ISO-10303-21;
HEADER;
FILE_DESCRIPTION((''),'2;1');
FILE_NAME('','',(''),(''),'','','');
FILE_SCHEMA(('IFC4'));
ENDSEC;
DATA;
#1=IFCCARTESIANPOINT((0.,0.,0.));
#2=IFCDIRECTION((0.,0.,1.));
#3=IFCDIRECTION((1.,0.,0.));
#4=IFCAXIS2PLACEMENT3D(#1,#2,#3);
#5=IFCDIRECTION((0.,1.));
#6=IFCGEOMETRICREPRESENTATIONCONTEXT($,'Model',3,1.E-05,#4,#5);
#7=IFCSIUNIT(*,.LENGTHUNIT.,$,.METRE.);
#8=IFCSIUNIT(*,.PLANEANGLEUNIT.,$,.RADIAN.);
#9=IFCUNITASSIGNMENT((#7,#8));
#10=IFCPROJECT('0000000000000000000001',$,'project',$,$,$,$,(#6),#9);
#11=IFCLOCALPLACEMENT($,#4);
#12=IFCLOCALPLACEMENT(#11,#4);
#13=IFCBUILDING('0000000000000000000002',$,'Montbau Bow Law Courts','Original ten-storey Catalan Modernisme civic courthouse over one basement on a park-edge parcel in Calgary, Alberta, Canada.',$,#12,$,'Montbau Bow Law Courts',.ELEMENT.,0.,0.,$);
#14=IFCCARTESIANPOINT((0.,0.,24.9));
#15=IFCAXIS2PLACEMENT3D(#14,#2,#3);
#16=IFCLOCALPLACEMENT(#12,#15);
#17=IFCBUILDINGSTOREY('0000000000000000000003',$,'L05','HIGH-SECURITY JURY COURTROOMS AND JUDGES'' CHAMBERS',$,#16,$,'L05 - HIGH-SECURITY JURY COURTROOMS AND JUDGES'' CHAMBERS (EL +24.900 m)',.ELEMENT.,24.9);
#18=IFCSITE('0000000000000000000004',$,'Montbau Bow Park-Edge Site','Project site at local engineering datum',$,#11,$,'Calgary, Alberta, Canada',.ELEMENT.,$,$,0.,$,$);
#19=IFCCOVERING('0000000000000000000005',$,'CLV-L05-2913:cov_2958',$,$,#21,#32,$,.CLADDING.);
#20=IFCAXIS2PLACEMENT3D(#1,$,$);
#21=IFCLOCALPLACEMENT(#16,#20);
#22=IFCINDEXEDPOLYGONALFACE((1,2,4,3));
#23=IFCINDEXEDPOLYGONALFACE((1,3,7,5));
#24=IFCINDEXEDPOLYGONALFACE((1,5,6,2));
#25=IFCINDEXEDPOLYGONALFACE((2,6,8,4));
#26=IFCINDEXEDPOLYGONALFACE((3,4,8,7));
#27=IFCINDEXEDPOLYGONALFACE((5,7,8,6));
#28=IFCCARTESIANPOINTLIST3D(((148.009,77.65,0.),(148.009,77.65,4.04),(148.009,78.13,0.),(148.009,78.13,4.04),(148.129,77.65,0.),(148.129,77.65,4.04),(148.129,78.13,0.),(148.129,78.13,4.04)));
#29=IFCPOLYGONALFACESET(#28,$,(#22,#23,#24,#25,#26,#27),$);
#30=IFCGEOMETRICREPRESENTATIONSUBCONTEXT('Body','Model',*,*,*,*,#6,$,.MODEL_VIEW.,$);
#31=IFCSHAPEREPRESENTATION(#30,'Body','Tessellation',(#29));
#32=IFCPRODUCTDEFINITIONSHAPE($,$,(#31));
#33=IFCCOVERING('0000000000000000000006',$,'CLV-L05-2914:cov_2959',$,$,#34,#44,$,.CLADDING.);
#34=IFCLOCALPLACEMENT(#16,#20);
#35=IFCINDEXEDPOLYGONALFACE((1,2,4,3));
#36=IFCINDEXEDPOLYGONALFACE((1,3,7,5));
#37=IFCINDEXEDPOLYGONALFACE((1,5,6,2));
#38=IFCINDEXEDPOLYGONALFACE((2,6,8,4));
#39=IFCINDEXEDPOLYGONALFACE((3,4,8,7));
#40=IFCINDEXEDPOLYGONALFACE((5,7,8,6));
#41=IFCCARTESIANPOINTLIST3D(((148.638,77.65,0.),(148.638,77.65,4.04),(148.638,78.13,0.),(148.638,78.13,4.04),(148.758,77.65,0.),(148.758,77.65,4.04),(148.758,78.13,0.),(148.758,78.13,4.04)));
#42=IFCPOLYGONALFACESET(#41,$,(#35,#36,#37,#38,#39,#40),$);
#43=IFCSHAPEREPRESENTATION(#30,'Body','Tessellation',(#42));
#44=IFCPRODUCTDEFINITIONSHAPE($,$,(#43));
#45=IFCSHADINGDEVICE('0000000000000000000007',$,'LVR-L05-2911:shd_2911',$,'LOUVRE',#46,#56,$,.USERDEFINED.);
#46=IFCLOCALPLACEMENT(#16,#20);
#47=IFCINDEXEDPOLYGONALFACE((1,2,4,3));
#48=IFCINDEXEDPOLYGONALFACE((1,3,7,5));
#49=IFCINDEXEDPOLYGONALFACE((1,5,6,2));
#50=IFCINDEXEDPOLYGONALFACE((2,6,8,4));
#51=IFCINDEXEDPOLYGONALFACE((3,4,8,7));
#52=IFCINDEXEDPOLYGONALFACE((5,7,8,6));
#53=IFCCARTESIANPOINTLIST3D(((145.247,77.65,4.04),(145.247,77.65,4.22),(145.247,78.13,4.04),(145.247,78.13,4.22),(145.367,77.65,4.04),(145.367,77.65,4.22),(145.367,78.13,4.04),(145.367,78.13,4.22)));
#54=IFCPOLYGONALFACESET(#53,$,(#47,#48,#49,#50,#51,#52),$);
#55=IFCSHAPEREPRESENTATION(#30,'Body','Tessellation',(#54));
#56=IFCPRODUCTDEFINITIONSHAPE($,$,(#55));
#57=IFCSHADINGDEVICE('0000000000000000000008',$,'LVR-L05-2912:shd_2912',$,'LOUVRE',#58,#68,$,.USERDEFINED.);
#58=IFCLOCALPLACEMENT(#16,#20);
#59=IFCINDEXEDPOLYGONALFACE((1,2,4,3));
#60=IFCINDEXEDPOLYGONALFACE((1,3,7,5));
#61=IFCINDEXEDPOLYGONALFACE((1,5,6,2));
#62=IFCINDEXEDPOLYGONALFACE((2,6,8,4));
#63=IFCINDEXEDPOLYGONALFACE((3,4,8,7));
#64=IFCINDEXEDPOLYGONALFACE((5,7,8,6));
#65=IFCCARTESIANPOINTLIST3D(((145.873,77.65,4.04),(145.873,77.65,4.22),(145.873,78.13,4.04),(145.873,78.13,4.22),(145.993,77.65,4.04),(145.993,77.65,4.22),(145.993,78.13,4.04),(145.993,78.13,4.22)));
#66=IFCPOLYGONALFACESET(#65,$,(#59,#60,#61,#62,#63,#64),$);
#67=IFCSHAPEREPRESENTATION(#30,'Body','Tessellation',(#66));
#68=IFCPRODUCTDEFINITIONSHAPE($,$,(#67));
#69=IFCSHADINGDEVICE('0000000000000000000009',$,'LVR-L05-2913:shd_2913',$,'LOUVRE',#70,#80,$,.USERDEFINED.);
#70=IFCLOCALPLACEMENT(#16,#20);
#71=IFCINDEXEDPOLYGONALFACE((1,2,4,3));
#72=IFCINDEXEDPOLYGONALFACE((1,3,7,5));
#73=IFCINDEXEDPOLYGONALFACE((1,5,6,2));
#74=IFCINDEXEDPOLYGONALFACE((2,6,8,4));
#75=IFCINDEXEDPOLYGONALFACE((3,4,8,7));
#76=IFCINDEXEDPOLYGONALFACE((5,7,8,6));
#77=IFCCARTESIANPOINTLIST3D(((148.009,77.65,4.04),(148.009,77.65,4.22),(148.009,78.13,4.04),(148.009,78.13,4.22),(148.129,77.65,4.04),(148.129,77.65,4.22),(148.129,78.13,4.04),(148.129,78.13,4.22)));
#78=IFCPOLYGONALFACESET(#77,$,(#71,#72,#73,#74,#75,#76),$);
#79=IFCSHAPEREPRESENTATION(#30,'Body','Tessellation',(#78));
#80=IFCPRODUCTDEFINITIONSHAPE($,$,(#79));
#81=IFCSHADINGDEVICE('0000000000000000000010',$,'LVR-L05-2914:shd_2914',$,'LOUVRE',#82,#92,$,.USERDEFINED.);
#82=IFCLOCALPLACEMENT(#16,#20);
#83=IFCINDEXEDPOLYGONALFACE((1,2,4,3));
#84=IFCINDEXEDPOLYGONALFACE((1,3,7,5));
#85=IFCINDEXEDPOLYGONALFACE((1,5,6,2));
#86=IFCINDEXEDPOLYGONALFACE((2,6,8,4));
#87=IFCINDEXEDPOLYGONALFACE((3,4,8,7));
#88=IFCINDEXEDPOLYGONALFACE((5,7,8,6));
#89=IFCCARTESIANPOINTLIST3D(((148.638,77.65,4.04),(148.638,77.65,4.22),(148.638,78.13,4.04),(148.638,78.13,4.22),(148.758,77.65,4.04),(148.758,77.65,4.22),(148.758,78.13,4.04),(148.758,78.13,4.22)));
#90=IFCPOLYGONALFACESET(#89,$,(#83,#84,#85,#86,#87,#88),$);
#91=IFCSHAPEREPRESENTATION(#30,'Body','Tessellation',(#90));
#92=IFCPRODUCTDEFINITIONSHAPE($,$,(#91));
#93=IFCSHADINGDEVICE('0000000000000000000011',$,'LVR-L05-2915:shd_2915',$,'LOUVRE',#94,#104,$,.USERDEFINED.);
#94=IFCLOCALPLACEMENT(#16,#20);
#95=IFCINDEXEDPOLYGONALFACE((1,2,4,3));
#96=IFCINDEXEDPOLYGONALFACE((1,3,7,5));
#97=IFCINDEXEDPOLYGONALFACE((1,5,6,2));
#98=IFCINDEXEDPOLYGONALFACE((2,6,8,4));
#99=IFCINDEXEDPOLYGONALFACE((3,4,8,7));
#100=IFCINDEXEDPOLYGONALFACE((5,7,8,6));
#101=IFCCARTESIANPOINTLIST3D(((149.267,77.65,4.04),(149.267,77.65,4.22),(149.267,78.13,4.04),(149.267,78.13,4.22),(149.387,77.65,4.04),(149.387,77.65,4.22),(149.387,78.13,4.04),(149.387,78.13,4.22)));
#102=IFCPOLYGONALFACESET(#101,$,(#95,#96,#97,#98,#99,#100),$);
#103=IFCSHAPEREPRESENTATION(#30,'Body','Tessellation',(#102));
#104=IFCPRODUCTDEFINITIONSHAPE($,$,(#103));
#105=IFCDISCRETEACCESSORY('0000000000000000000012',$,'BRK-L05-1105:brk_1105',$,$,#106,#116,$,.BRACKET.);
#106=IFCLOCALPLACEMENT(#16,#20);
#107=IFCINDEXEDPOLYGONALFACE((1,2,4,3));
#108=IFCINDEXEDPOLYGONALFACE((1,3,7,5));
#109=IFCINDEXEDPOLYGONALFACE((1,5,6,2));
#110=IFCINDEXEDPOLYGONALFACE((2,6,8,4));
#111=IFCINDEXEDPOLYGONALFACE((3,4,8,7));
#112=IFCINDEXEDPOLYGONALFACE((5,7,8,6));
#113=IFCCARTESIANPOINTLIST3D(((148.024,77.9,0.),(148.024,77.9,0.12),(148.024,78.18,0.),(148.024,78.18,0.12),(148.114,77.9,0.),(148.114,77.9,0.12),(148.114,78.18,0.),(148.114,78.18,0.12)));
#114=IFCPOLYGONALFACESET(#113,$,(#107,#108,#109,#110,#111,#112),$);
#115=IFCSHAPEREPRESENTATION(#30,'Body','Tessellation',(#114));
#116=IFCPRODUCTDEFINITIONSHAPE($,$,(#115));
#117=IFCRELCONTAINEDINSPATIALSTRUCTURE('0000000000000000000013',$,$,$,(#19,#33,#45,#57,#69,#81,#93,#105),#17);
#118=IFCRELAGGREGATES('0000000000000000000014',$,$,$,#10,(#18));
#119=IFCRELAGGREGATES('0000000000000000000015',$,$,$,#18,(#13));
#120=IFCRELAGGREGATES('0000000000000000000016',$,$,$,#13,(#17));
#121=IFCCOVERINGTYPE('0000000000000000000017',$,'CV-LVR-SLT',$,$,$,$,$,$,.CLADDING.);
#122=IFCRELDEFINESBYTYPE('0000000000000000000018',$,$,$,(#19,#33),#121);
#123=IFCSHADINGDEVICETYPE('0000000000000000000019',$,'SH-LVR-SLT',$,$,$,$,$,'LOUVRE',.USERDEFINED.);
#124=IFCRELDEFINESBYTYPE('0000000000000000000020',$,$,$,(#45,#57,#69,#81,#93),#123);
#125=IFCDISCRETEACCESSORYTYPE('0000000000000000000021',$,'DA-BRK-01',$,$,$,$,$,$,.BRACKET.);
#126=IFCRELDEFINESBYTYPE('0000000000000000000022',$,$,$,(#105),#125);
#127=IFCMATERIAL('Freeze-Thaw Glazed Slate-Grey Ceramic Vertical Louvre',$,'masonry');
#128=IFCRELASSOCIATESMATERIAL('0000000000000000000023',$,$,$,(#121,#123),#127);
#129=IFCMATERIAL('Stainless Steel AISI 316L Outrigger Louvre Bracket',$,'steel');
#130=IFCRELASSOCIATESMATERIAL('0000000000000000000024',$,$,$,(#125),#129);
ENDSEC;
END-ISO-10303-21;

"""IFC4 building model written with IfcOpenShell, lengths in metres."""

from ifc_helpers import new_model, si_unit, direction, frame, frame_2d, origin_with_axes, origin_2d_with_axis, place, context, subcontext, project, spatial, rectangle, extrude, material, type_object, element, save


model = new_model("IFC4")

# Units and contexts
model_context = context("Model", 3, precision=1e-05, world=origin_with_axes(), true_north=direction((0.0, 1.0)))
body_context = subcontext(model_context, "Body", "Model", "MODEL_VIEW")
ifc_project = project(units=[si_unit("LENGTHUNIT", "METRE"), si_unit("PLANEANGLEUNIT", "RADIAN")], contexts=[model_context])

# Site, building, storey
site_placement = place(None, origin_with_axes())
site = spatial("IfcSite", under=ifc_project, at=site_placement, Name="Montbau Bow Park-Edge Site", Description="Project site at local engineering datum", LongName="Calgary, Alberta, Canada", CompositionType="ELEMENT", RefElevation=0.0)
building_placement = place(site_placement, origin_with_axes())
building = spatial("IfcBuilding", under=site, at=building_placement, Name="Montbau Bow Law Courts", Description="Original ten-storey Catalan Modernisme civic courthouse over one basement on a park-edge parcel in Calgary, Alberta, Canada.", LongName="Montbau Bow Law Courts", CompositionType="ELEMENT", ElevationOfRefHeight=0.0, ElevationOfTerrain=0.0)
storey_placement = place(building_placement, frame((0.0, 0.0, 24.9), z_axis=(0.0, 0.0, 1.0), x_axis=(1.0, 0.0, 0.0)))
storey = spatial("IfcBuildingStorey", under=building, at=storey_placement, Name="L05", Description="HIGH-SECURITY JURY COURTROOMS AND JUDGES' CHAMBERS", LongName="L05 - HIGH-SECURITY JURY COURTROOMS AND JUDGES' CHAMBERS (EL +24.900 m)", CompositionType="ELEMENT", Elevation=24.9)

# Coverings
ifc_material_1 = material(Name="Freeze-Thaw Glazed Slate-Grey Ceramic Vertical Louvre", Category="masonry")
covering_type = type_object("IfcCoveringType", Name="CV-LVR-SLT", PredefinedType="CLADDING", material=ifc_material_1)
for number, where, z_axis, x_axis, name in (
    (1, (148.069, 78.13, 24.9), (-1.0, 0.0, 0.0), (0.0, -1.0, 0.0), "CLV-L05-2913:cov_2958"),
    (2, (148.698, 78.13, 24.9), (-1.0, 0.0, 0.0), (0.0, -1.0, 0.0), "CLV-L05-2914:cov_2959"),
):
    element("IfcCovering", number, at=place(None, frame(where, z_axis=z_axis, x_axis=x_axis)), inside=storey, type_object=covering_type, Name=name, PredefinedType="CLADDING", context=body_context, shape_type="SweptSolid", body=[
        extrude(rectangle(XDim=0.48, YDim=4.04, at=frame_2d((0.24, 2.02), x_axis=(1.0, 0.0))), frame((0.0, 0.0, -0.06), z_axis=(0.0, 0.0, 1.0), x_axis=(1.0, 0.0, 0.0)), (0.0, 0.0, 1.0), 0.12),
    ])

# Shading devices
shading_device_type = type_object("IfcShadingDeviceType", Name="SH-LVR-SLT", ElementType="LOUVRE", PredefinedType="USERDEFINED", material=ifc_material_1)
for number, where, z_axis, x_axis, name in (
    (3, (145.307, 77.89, 28.94), (0.0, 0.0, 1.0), (0.0, -1.0, 0.0), "LVR-L05-2911:shd_2911"),
    (4, (145.933, 77.89, 28.94), (0.0, 0.0, 1.0), (0.0, -1.0, 0.0), "LVR-L05-2912:shd_2912"),
    (5, (148.069, 77.89, 28.94), (0.0, 0.0, 1.0), (0.0, -1.0, 0.0), "LVR-L05-2913:shd_2913"),
    (6, (148.698, 77.89, 28.94), (0.0, 0.0, 1.0), (0.0, -1.0, 0.0), "LVR-L05-2914:shd_2914"),
    (7, (149.327, 77.89, 28.94), (0.0, 0.0, 1.0), (0.0, -1.0, 0.0), "LVR-L05-2915:shd_2915"),
):
    element("IfcShadingDevice", number, at=place(None, frame(where, z_axis=z_axis, x_axis=x_axis)), inside=storey, type_object=shading_device_type, Name=name, ObjectType="LOUVRE", PredefinedType="USERDEFINED", context=body_context, shape_type="SweptSolid", body=[
        extrude(rectangle(XDim=0.48, YDim=0.12, at=origin_2d_with_axis()), origin_with_axes(), (0.0, 0.0, 1.0), 0.18),
    ])

# Discrete accessory
ifc_material_2 = material(Name="Stainless Steel AISI 316L Outrigger Louvre Bracket", Category="steel")
discrete_accessory_type = type_object("IfcDiscreteAccessoryType", Name="DA-BRK-01", PredefinedType="BRACKET", material=ifc_material_2)
discrete_accessory_placement = place(None, frame((148.069, 78.04, 24.9), z_axis=(0.0, 0.0, 1.0), x_axis=(0.0, -1.0, 0.0)))
element("IfcDiscreteAccessory", 8, at=discrete_accessory_placement, inside=storey, type_object=discrete_accessory_type, Name="BRK-L05-1105:brk_1105", PredefinedType="BRACKET", context=body_context, shape_type="SweptSolid", body=[
    extrude(rectangle(XDim=0.28, YDim=0.09, at=origin_2d_with_axis()), origin_with_axes(), (0.0, 0.0, 1.0), 0.12),
])

save(model, "model.ifc")
